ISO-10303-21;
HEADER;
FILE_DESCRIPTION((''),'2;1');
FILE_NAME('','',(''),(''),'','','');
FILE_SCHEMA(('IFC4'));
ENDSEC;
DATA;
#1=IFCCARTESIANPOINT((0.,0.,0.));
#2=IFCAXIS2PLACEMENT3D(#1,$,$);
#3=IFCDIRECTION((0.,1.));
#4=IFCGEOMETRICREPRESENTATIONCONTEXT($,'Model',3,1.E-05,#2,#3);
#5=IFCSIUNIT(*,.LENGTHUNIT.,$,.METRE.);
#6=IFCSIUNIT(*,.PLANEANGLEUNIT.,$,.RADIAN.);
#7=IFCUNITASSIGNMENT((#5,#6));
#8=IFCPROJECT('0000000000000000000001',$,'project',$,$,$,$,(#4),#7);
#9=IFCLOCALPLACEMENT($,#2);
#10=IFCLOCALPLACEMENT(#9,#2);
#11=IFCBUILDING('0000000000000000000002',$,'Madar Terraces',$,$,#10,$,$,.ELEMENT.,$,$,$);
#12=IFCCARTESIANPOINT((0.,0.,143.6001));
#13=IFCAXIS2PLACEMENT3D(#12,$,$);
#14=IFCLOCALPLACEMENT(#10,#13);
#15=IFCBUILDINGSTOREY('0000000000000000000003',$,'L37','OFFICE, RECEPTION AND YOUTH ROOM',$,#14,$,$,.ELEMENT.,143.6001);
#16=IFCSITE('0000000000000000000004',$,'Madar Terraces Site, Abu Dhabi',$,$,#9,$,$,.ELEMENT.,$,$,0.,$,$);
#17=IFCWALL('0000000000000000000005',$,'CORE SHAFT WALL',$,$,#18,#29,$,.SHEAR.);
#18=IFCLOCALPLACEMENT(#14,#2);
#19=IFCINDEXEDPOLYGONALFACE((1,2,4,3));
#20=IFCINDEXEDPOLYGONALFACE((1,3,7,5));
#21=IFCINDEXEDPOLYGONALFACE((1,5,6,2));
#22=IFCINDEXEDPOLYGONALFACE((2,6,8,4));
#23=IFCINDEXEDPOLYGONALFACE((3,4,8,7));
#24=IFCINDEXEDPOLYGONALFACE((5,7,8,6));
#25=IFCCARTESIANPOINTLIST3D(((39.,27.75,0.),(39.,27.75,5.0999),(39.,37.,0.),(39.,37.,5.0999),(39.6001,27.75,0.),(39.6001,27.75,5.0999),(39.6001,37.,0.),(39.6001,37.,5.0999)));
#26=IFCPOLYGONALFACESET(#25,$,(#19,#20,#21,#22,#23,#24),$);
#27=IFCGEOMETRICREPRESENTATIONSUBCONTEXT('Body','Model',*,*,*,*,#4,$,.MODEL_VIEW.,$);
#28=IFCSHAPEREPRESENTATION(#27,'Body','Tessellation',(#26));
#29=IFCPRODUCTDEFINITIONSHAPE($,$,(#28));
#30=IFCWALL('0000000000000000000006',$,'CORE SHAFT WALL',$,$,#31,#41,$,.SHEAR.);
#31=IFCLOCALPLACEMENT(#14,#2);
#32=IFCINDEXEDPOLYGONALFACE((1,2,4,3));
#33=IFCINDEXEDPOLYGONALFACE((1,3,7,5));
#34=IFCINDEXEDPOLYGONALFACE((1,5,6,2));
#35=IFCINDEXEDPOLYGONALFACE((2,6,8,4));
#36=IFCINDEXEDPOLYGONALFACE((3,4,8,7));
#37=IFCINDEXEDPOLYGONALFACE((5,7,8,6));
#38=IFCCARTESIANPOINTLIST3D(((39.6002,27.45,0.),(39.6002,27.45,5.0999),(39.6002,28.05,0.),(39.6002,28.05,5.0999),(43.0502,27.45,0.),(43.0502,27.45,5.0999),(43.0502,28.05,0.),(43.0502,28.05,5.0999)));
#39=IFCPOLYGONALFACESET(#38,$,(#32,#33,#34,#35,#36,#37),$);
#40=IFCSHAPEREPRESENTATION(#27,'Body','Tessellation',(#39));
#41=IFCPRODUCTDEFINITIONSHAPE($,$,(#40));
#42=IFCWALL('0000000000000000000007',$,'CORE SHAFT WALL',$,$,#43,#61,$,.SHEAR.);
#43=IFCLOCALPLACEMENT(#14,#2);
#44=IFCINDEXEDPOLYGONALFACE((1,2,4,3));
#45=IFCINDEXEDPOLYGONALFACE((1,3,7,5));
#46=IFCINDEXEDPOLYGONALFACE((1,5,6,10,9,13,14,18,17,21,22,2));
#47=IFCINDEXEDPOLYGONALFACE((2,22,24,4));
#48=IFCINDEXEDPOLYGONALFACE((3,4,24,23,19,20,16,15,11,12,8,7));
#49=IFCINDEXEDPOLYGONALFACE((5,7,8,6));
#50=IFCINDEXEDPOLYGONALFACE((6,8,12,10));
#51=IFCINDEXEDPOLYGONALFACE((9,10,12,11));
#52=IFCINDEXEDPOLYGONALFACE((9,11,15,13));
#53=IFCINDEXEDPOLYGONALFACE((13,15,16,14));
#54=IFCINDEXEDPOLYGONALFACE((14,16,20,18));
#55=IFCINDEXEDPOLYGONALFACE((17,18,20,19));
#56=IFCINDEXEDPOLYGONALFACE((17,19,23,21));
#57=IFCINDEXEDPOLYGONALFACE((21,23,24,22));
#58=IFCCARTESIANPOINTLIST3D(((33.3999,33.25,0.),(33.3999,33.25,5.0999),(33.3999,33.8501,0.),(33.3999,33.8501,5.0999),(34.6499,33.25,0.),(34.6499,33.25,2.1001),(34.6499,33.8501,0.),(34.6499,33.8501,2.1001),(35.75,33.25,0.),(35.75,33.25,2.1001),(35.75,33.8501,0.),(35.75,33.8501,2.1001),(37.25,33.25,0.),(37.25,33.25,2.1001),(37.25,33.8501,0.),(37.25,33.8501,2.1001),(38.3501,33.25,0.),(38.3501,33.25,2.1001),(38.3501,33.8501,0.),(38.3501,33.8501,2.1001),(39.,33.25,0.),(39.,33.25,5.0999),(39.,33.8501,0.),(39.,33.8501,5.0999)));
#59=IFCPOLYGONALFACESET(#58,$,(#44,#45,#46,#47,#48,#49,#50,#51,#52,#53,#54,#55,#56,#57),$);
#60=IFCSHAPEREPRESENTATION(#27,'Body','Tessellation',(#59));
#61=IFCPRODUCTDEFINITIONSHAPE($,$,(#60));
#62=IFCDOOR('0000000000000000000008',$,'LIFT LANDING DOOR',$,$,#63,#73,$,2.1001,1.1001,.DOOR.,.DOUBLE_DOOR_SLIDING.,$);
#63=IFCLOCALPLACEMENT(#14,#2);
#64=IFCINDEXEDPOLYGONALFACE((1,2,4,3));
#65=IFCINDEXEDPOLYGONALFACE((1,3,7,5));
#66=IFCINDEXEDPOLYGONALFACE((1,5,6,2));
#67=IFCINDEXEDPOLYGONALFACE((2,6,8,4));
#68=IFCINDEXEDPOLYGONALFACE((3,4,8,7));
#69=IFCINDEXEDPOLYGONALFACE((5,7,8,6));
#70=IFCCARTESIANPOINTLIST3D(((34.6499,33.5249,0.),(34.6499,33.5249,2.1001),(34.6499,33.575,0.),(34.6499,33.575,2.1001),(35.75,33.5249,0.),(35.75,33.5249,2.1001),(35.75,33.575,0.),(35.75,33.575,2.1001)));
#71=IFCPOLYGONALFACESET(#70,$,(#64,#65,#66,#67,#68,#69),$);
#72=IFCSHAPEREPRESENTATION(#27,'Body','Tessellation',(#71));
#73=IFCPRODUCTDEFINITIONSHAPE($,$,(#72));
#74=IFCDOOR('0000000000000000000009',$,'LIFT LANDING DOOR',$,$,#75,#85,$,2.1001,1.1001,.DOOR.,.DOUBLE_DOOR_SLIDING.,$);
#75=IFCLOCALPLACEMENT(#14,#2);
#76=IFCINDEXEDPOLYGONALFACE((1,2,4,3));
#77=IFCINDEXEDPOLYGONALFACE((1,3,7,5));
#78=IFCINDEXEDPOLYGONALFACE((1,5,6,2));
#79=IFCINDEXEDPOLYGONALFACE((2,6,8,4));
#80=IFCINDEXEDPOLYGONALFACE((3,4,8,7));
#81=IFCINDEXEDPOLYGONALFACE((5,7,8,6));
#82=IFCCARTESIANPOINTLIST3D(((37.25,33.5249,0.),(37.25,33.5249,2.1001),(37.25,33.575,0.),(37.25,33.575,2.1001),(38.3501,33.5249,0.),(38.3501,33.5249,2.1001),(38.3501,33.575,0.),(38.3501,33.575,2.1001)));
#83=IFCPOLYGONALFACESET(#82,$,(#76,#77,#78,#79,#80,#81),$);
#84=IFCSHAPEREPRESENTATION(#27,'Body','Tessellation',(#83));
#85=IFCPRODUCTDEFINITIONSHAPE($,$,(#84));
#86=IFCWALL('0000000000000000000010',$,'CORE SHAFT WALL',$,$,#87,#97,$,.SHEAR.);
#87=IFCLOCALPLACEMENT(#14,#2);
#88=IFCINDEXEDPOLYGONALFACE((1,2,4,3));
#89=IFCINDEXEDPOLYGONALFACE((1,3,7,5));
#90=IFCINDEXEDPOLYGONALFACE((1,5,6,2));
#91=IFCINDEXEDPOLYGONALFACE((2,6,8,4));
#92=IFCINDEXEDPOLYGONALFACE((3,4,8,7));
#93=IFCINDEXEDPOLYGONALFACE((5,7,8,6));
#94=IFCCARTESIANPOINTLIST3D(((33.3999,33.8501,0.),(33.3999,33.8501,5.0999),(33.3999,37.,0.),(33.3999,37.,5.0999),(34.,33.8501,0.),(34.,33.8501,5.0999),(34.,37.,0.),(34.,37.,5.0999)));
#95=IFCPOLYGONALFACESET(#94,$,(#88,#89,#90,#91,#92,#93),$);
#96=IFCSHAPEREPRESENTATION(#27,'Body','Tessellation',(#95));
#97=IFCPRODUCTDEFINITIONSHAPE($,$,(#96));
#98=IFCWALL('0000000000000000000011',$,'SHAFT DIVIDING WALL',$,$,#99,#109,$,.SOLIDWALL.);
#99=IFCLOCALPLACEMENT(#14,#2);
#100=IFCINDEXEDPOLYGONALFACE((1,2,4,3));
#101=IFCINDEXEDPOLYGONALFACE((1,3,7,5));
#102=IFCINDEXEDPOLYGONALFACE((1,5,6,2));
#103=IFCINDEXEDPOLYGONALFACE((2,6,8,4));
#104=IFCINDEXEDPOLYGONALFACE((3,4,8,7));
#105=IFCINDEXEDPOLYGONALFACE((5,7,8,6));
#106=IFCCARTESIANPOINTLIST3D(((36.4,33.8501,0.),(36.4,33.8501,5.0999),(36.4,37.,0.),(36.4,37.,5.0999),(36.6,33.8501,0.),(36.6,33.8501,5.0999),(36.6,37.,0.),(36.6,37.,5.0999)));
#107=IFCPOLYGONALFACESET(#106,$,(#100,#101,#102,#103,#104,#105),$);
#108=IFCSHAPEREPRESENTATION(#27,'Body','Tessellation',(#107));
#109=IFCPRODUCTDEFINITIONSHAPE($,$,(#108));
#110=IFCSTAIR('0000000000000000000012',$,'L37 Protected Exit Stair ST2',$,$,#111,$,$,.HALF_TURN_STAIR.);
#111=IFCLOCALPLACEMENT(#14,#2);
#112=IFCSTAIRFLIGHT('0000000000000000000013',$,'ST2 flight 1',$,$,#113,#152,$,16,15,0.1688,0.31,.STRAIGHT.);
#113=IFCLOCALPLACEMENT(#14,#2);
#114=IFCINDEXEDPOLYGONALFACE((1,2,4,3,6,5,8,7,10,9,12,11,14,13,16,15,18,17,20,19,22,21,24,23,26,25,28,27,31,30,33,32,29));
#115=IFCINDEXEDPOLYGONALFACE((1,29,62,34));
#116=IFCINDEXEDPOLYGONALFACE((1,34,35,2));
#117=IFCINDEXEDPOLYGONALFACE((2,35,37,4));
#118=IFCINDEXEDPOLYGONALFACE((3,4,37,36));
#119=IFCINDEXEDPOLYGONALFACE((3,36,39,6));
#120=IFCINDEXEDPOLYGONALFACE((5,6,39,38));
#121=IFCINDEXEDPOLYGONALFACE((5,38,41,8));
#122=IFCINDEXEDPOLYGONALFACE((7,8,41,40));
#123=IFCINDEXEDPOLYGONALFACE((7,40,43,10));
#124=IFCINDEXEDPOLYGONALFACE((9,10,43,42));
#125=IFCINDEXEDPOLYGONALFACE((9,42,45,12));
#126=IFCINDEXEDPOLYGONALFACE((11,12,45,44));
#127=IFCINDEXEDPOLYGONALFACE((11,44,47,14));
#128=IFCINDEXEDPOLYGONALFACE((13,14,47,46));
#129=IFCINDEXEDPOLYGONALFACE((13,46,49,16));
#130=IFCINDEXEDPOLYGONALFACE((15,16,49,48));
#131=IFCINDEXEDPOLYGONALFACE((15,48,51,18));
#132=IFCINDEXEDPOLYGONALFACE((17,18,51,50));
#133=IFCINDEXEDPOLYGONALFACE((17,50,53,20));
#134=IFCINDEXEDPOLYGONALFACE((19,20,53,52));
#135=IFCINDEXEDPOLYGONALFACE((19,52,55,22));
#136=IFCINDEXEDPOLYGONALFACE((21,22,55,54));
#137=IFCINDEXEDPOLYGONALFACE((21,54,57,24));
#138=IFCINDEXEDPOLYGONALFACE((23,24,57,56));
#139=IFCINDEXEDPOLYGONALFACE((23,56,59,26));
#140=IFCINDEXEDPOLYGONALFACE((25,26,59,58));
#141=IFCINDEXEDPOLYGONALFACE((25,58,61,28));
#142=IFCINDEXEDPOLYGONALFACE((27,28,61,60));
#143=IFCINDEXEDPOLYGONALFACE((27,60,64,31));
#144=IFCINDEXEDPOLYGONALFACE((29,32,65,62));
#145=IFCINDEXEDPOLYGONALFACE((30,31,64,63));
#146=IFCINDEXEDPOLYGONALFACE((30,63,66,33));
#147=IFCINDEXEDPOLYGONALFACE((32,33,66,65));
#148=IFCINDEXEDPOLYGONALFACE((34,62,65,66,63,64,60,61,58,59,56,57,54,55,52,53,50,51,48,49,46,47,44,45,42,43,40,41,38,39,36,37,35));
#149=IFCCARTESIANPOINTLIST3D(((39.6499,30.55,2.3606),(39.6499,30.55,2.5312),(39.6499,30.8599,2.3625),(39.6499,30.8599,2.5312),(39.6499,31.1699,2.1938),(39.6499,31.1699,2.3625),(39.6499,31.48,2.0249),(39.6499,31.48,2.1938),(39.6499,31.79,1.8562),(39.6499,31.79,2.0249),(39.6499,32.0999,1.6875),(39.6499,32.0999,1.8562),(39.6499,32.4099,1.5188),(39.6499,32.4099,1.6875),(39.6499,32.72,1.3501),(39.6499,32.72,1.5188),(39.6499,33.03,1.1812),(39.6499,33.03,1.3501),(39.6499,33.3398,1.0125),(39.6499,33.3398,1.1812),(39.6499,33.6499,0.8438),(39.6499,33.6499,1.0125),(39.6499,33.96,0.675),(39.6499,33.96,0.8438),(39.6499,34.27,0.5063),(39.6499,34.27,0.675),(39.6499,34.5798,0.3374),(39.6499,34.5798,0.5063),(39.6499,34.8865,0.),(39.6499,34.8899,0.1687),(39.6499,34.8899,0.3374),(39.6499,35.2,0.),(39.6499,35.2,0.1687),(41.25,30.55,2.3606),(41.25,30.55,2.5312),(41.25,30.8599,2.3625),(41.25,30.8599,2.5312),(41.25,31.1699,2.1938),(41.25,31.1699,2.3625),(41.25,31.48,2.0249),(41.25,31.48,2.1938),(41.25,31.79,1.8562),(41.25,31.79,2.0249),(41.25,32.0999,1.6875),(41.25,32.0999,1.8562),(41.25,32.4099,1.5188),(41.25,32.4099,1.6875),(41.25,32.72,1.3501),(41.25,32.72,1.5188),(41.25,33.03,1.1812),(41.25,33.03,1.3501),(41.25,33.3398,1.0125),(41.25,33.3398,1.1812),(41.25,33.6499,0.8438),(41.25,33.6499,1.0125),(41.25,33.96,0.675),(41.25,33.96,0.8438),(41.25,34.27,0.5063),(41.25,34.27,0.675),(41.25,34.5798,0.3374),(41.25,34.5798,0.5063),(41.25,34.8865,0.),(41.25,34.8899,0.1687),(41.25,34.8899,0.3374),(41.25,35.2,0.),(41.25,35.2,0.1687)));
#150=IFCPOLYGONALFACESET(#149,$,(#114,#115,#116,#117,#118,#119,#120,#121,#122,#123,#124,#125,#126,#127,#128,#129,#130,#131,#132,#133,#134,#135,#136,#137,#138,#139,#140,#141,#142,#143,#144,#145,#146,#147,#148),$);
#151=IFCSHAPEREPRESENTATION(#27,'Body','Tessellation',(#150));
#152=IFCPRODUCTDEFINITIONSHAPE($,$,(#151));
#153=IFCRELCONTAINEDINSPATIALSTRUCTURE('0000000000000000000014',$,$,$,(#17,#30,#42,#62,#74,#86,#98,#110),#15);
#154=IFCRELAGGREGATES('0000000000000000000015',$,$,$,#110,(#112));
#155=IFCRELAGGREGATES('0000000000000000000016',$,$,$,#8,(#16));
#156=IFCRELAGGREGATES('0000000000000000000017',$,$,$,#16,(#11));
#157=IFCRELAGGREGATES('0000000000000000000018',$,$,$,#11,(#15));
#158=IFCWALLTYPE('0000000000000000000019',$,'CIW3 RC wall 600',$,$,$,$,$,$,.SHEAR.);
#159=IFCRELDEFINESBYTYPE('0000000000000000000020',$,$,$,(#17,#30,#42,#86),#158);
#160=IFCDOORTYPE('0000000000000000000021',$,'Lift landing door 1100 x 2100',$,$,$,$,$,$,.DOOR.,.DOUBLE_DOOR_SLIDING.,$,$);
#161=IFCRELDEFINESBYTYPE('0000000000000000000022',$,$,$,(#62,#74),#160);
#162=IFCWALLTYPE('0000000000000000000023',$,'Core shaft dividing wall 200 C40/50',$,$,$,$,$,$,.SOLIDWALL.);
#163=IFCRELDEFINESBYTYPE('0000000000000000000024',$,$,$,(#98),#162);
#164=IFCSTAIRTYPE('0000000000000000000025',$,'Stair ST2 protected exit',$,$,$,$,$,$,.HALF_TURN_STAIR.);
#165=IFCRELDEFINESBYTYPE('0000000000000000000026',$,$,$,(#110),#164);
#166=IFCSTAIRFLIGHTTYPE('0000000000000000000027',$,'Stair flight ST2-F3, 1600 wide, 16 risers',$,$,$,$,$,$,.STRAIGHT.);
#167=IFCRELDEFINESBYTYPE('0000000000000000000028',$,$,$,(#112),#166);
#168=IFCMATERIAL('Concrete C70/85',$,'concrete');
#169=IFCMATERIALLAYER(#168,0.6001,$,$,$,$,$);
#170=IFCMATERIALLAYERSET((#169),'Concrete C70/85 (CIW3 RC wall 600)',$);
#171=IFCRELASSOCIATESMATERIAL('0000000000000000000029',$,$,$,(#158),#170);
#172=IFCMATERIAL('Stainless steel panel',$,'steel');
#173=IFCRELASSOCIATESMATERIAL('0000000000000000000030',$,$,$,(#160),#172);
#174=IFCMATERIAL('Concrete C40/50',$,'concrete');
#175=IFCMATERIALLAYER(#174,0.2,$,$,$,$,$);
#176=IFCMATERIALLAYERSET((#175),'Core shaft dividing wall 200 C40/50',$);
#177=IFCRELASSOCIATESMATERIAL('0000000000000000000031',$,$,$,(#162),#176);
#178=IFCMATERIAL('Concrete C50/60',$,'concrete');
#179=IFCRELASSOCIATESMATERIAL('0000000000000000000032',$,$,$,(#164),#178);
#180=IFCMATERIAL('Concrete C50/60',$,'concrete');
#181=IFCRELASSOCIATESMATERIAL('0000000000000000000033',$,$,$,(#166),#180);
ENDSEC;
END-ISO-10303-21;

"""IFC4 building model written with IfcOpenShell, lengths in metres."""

from ifc_helpers import new_model, si_unit, direction, frame, frame_2d, origin, place, context, subcontext, project, spatial, polyline, rectangle, outline, extrude, material, layer, layer_set, type_object, element, fill, aggregate, save


model = new_model("IFC4")

# Units and contexts
model_context = context("Model", 3, precision=1e-05, world=origin(), true_north=direction((0.0, 1.0)))
body_context = subcontext(model_context, "Body", "Model", "MODEL_VIEW")
ifc_project = project(units=[si_unit("LENGTHUNIT", "METRE"), si_unit("PLANEANGLEUNIT", "RADIAN")], contexts=[model_context])

# Site, building, storey
site_placement = place(None, origin())
site = spatial("IfcSite", under=ifc_project, at=site_placement, Name="Madar Terraces Site, Abu Dhabi", CompositionType="ELEMENT", RefElevation=0.0)
building_placement = place(site_placement, origin())
building = spatial("IfcBuilding", under=site, at=building_placement, Name="Madar Terraces", CompositionType="ELEMENT")
storey_placement = place(building_placement, frame((0.0, 0.0, 143.6001)))
storey = spatial("IfcBuildingStorey", under=building, at=storey_placement, Name="L37", Description="OFFICE, RECEPTION AND YOUTH ROOM", CompositionType="ELEMENT", Elevation=143.6001)

# Walls
ifc_material_1 = material(Name="Concrete C70/85", Category="concrete")
ifc_layer_1 = layer(ifc_material_1, 0.6001)
ifc_layer_set_1 = layer_set([ifc_layer_1], Name="Concrete C70/85 (CIW3 RC wall 600)")
wall_type_1 = type_object("IfcWallType", Name="CIW3 RC wall 600", PredefinedType="SHEAR", material=ifc_layer_set_1)
wall_1_placement = place(storey_placement, frame((39.3, 27.75, 0.0), z_axis=(0.0, 0.0, 1.0), x_axis=(0.0, 1.0, 0.0)))
element("IfcWall", 1, at=wall_1_placement, inside=storey, type_object=wall_type_1, Name="CORE SHAFT WALL", PredefinedType="SHEAR", context=body_context, shape_type="SweptSolid", body=[
    extrude(rectangle(XDim=9.25, YDim=0.6001, at=frame_2d((4.625, 0.0))), origin(), (0.0, 0.0, 1.0), 5.0999),
])
wall_2_placement = place(storey_placement, frame((39.6001, 27.75, 0.0), z_axis=(0.0, 0.0, 1.0), x_axis=(1.0, 0.0, 0.0)))
element("IfcWall", 2, at=wall_2_placement, inside=storey, type_object=wall_type_1, Name="CORE SHAFT WALL", PredefinedType="SHEAR", context=body_context, shape_type="SweptSolid", body=[
    extrude(rectangle(XDim=3.45, YDim=0.6001, at=frame_2d((1.7251, 0.0))), origin(), (0.0, 0.0, 1.0), 5.0999),
])

# Wall, openings, doors
wall_3_placement = place(storey_placement, frame((33.3999, 33.55, 0.0), z_axis=(0.0, 0.0, 1.0), x_axis=(1.0, 0.0, 0.0)))
wall_3 = element("IfcWall", 3, at=wall_3_placement, inside=storey, type_object=wall_type_1, Name="CORE SHAFT WALL", PredefinedType="SHEAR", context=body_context, shape_type="SweptSolid", body=[
    extrude(rectangle(XDim=5.6001, YDim=0.6001, at=frame_2d((2.8, 0.0))), origin(), (0.0, 0.0, 1.0), 5.0999),
])
opening_1_placement = place(wall_3_placement, frame((1.25, 0.0, 0.0)))
opening_1 = element("IfcOpeningElement", 4, at=opening_1_placement, cuts=wall_3, PredefinedType="OPENING", context=body_context, shape_type="SweptSolid", body=[
    extrude(rectangle(XDim=1.1001, YDim=2.1001, at=frame_2d((0.55, 1.05))), frame((0.0, 0.3101, 0.0), z_axis=(0.0, -1.0, 0.0), x_axis=(1.0, 0.0, 0.0)), (0.0, 0.0, 1.0), 0.6201),
])
opening_2_placement = place(wall_3_placement, frame((3.8501, 0.0, 0.0)))
opening_2 = element("IfcOpeningElement", 5, at=opening_2_placement, cuts=wall_3, PredefinedType="OPENING", context=body_context, shape_type="SweptSolid", body=[
    extrude(rectangle(XDim=1.1001, YDim=2.1001, at=frame_2d((0.55, 1.05))), frame((0.0, 0.3101, 0.0), z_axis=(0.0, -1.0, 0.0), x_axis=(1.0, 0.0, 0.0)), (0.0, 0.0, 1.0), 0.6201),
])
ifc_material_2 = material(Name="Stainless steel panel", Category="steel")
door_type = type_object("IfcDoorType", Name="Lift landing door 1100 x 2100", OperationType="DOUBLE_DOOR_SLIDING", PredefinedType="DOOR", material=ifc_material_2)
door_1_placement = place(opening_1_placement, origin())
door_1 = element("IfcDoor", 6, at=door_1_placement, inside=storey, type_object=door_type, Name="LIFT LANDING DOOR", OperationType="DOUBLE_DOOR_SLIDING", OverallHeight=2.1001, OverallWidth=1.1001, PredefinedType="DOOR", context=body_context, shape_type="SweptSolid", body=[
    extrude(rectangle(XDim=1.1001, YDim=2.1001, at=frame_2d((0.55, 1.05))), frame((0.0, 0.0249, 0.0), z_axis=(0.0, -1.0, 0.0), x_axis=(1.0, 0.0, 0.0)), (0.0, 0.0, 1.0), 0.05),
])
fill(opening_1, door_1)
door_2_placement = place(opening_2_placement, origin())
door_2 = element("IfcDoor", 7, at=door_2_placement, inside=storey, type_object=door_type, Name="LIFT LANDING DOOR", OperationType="DOUBLE_DOOR_SLIDING", OverallHeight=2.1001, OverallWidth=1.1001, PredefinedType="DOOR", context=body_context, shape_type="SweptSolid", body=[
    extrude(rectangle(XDim=1.1001, YDim=2.1001, at=frame_2d((0.55, 1.05))), frame((0.0, 0.0249, 0.0), z_axis=(0.0, -1.0, 0.0), x_axis=(1.0, 0.0, 0.0)), (0.0, 0.0, 1.0), 0.05),
])
fill(opening_2, door_2)

# Walls
wall_4_placement = place(storey_placement, frame((33.7, 33.8501, 0.0), z_axis=(0.0, 0.0, 1.0), x_axis=(0.0, 1.0, 0.0)))
element("IfcWall", 8, at=wall_4_placement, inside=storey, type_object=wall_type_1, Name="CORE SHAFT WALL", PredefinedType="SHEAR", context=body_context, shape_type="SweptSolid", body=[
    extrude(rectangle(XDim=3.1499, YDim=0.6001, at=frame_2d((1.575, 0.0))), origin(), (0.0, 0.0, 1.0), 5.0999),
])
ifc_material_3 = material(Name="Concrete C40/50", Category="concrete")
ifc_layer_2 = layer(ifc_material_3, 0.2)
ifc_layer_set_2 = layer_set([ifc_layer_2], Name="Core shaft dividing wall 200 C40/50")
wall_type_2 = type_object("IfcWallType", Name="Core shaft dividing wall 200 C40/50", PredefinedType="SOLIDWALL", material=ifc_layer_set_2)
wall_5_placement = place(storey_placement, frame((36.5, 33.8501, 0.0), z_axis=(0.0, 0.0, 1.0), x_axis=(0.0, 1.0, 0.0)))
element("IfcWall", 9, at=wall_5_placement, inside=storey, type_object=wall_type_2, Name="SHAFT DIVIDING WALL", PredefinedType="SOLIDWALL", context=body_context, shape_type="SweptSolid", body=[
    extrude(rectangle(XDim=3.1499, YDim=0.2, at=frame_2d((1.575, 0.0))), origin(), (0.0, 0.0, 1.0), 5.0999),
])

# Stair, stair flight
ifc_material_4 = material(Name="Concrete C50/60", Category="concrete")
stair_type = type_object("IfcStairType", Name="Stair ST2 protected exit", PredefinedType="HALF_TURN_STAIR", material=ifc_material_4)
stair_placement = place(storey_placement, origin())
stair = element("IfcStair", 10, at=stair_placement, inside=storey, type_object=stair_type, Name="L37 Protected Exit Stair ST2", PredefinedType="HALF_TURN_STAIR")
ifc_material_5 = material(Name="Concrete C50/60", Category="concrete")
stair_flight_type = type_object("IfcStairFlightType", Name="Stair flight ST2-F3, 1600 wide, 16 risers", PredefinedType="STRAIGHT", material=ifc_material_5)
stair_flight_1_placement = place(storey_placement, frame((40.45, 35.2, 0.0), z_axis=(0.0, 0.0, 1.0), x_axis=(0.0, -1.0, 0.0)))
stair_flight_1 = element("IfcStairFlight", 11, at=stair_flight_1_placement, type_object=stair_flight_type, Name="ST2 flight 1", NumberOfRisers=16, NumberOfTreads=15, PredefinedType="STRAIGHT", RiserHeight=0.1688, TreadLength=0.31, context=body_context, shape_type="SweptSolid", body=[
    extrude(outline(polyline([(0.0, 0.0), (0.0, 0.1687), (0.3101, 0.1687), (0.3101, 0.3374), (0.6201, 0.3374), (0.6201, 0.5063), (0.9299, 0.5063), (0.9299, 0.675), (1.24, 0.675), (1.24, 0.8438), (1.55, 0.8438), (1.55, 1.0125), (1.8601, 1.0125), (1.8601, 1.1812), (2.1699, 1.1812), (2.1699, 1.3501), (2.48, 1.3501), (2.48, 1.5188), (2.79, 1.5188), (2.79, 1.6875), (3.1001, 1.6875), (3.1001, 1.8562), (3.4099, 1.8562), (3.4099, 2.0249), (3.72, 2.0249), (3.72, 2.1938), (4.03, 2.1938), (4.03, 2.3625), (4.3401, 2.3625), (4.3401, 2.5312), (4.6499, 2.5312), (4.6499, 2.7), (4.6499, 2.3606), (0.3135, 0.0), (0.0, 0.0)])), frame((0.0, 0.8, 0.0), z_axis=(0.0, -1.0, 0.0), x_axis=(1.0, 0.0, 0.0)), (0.0, 0.0, 1.0), 1.6001),
])
aggregate(stair, [stair_flight_1])

save(model, "model.ifc")
